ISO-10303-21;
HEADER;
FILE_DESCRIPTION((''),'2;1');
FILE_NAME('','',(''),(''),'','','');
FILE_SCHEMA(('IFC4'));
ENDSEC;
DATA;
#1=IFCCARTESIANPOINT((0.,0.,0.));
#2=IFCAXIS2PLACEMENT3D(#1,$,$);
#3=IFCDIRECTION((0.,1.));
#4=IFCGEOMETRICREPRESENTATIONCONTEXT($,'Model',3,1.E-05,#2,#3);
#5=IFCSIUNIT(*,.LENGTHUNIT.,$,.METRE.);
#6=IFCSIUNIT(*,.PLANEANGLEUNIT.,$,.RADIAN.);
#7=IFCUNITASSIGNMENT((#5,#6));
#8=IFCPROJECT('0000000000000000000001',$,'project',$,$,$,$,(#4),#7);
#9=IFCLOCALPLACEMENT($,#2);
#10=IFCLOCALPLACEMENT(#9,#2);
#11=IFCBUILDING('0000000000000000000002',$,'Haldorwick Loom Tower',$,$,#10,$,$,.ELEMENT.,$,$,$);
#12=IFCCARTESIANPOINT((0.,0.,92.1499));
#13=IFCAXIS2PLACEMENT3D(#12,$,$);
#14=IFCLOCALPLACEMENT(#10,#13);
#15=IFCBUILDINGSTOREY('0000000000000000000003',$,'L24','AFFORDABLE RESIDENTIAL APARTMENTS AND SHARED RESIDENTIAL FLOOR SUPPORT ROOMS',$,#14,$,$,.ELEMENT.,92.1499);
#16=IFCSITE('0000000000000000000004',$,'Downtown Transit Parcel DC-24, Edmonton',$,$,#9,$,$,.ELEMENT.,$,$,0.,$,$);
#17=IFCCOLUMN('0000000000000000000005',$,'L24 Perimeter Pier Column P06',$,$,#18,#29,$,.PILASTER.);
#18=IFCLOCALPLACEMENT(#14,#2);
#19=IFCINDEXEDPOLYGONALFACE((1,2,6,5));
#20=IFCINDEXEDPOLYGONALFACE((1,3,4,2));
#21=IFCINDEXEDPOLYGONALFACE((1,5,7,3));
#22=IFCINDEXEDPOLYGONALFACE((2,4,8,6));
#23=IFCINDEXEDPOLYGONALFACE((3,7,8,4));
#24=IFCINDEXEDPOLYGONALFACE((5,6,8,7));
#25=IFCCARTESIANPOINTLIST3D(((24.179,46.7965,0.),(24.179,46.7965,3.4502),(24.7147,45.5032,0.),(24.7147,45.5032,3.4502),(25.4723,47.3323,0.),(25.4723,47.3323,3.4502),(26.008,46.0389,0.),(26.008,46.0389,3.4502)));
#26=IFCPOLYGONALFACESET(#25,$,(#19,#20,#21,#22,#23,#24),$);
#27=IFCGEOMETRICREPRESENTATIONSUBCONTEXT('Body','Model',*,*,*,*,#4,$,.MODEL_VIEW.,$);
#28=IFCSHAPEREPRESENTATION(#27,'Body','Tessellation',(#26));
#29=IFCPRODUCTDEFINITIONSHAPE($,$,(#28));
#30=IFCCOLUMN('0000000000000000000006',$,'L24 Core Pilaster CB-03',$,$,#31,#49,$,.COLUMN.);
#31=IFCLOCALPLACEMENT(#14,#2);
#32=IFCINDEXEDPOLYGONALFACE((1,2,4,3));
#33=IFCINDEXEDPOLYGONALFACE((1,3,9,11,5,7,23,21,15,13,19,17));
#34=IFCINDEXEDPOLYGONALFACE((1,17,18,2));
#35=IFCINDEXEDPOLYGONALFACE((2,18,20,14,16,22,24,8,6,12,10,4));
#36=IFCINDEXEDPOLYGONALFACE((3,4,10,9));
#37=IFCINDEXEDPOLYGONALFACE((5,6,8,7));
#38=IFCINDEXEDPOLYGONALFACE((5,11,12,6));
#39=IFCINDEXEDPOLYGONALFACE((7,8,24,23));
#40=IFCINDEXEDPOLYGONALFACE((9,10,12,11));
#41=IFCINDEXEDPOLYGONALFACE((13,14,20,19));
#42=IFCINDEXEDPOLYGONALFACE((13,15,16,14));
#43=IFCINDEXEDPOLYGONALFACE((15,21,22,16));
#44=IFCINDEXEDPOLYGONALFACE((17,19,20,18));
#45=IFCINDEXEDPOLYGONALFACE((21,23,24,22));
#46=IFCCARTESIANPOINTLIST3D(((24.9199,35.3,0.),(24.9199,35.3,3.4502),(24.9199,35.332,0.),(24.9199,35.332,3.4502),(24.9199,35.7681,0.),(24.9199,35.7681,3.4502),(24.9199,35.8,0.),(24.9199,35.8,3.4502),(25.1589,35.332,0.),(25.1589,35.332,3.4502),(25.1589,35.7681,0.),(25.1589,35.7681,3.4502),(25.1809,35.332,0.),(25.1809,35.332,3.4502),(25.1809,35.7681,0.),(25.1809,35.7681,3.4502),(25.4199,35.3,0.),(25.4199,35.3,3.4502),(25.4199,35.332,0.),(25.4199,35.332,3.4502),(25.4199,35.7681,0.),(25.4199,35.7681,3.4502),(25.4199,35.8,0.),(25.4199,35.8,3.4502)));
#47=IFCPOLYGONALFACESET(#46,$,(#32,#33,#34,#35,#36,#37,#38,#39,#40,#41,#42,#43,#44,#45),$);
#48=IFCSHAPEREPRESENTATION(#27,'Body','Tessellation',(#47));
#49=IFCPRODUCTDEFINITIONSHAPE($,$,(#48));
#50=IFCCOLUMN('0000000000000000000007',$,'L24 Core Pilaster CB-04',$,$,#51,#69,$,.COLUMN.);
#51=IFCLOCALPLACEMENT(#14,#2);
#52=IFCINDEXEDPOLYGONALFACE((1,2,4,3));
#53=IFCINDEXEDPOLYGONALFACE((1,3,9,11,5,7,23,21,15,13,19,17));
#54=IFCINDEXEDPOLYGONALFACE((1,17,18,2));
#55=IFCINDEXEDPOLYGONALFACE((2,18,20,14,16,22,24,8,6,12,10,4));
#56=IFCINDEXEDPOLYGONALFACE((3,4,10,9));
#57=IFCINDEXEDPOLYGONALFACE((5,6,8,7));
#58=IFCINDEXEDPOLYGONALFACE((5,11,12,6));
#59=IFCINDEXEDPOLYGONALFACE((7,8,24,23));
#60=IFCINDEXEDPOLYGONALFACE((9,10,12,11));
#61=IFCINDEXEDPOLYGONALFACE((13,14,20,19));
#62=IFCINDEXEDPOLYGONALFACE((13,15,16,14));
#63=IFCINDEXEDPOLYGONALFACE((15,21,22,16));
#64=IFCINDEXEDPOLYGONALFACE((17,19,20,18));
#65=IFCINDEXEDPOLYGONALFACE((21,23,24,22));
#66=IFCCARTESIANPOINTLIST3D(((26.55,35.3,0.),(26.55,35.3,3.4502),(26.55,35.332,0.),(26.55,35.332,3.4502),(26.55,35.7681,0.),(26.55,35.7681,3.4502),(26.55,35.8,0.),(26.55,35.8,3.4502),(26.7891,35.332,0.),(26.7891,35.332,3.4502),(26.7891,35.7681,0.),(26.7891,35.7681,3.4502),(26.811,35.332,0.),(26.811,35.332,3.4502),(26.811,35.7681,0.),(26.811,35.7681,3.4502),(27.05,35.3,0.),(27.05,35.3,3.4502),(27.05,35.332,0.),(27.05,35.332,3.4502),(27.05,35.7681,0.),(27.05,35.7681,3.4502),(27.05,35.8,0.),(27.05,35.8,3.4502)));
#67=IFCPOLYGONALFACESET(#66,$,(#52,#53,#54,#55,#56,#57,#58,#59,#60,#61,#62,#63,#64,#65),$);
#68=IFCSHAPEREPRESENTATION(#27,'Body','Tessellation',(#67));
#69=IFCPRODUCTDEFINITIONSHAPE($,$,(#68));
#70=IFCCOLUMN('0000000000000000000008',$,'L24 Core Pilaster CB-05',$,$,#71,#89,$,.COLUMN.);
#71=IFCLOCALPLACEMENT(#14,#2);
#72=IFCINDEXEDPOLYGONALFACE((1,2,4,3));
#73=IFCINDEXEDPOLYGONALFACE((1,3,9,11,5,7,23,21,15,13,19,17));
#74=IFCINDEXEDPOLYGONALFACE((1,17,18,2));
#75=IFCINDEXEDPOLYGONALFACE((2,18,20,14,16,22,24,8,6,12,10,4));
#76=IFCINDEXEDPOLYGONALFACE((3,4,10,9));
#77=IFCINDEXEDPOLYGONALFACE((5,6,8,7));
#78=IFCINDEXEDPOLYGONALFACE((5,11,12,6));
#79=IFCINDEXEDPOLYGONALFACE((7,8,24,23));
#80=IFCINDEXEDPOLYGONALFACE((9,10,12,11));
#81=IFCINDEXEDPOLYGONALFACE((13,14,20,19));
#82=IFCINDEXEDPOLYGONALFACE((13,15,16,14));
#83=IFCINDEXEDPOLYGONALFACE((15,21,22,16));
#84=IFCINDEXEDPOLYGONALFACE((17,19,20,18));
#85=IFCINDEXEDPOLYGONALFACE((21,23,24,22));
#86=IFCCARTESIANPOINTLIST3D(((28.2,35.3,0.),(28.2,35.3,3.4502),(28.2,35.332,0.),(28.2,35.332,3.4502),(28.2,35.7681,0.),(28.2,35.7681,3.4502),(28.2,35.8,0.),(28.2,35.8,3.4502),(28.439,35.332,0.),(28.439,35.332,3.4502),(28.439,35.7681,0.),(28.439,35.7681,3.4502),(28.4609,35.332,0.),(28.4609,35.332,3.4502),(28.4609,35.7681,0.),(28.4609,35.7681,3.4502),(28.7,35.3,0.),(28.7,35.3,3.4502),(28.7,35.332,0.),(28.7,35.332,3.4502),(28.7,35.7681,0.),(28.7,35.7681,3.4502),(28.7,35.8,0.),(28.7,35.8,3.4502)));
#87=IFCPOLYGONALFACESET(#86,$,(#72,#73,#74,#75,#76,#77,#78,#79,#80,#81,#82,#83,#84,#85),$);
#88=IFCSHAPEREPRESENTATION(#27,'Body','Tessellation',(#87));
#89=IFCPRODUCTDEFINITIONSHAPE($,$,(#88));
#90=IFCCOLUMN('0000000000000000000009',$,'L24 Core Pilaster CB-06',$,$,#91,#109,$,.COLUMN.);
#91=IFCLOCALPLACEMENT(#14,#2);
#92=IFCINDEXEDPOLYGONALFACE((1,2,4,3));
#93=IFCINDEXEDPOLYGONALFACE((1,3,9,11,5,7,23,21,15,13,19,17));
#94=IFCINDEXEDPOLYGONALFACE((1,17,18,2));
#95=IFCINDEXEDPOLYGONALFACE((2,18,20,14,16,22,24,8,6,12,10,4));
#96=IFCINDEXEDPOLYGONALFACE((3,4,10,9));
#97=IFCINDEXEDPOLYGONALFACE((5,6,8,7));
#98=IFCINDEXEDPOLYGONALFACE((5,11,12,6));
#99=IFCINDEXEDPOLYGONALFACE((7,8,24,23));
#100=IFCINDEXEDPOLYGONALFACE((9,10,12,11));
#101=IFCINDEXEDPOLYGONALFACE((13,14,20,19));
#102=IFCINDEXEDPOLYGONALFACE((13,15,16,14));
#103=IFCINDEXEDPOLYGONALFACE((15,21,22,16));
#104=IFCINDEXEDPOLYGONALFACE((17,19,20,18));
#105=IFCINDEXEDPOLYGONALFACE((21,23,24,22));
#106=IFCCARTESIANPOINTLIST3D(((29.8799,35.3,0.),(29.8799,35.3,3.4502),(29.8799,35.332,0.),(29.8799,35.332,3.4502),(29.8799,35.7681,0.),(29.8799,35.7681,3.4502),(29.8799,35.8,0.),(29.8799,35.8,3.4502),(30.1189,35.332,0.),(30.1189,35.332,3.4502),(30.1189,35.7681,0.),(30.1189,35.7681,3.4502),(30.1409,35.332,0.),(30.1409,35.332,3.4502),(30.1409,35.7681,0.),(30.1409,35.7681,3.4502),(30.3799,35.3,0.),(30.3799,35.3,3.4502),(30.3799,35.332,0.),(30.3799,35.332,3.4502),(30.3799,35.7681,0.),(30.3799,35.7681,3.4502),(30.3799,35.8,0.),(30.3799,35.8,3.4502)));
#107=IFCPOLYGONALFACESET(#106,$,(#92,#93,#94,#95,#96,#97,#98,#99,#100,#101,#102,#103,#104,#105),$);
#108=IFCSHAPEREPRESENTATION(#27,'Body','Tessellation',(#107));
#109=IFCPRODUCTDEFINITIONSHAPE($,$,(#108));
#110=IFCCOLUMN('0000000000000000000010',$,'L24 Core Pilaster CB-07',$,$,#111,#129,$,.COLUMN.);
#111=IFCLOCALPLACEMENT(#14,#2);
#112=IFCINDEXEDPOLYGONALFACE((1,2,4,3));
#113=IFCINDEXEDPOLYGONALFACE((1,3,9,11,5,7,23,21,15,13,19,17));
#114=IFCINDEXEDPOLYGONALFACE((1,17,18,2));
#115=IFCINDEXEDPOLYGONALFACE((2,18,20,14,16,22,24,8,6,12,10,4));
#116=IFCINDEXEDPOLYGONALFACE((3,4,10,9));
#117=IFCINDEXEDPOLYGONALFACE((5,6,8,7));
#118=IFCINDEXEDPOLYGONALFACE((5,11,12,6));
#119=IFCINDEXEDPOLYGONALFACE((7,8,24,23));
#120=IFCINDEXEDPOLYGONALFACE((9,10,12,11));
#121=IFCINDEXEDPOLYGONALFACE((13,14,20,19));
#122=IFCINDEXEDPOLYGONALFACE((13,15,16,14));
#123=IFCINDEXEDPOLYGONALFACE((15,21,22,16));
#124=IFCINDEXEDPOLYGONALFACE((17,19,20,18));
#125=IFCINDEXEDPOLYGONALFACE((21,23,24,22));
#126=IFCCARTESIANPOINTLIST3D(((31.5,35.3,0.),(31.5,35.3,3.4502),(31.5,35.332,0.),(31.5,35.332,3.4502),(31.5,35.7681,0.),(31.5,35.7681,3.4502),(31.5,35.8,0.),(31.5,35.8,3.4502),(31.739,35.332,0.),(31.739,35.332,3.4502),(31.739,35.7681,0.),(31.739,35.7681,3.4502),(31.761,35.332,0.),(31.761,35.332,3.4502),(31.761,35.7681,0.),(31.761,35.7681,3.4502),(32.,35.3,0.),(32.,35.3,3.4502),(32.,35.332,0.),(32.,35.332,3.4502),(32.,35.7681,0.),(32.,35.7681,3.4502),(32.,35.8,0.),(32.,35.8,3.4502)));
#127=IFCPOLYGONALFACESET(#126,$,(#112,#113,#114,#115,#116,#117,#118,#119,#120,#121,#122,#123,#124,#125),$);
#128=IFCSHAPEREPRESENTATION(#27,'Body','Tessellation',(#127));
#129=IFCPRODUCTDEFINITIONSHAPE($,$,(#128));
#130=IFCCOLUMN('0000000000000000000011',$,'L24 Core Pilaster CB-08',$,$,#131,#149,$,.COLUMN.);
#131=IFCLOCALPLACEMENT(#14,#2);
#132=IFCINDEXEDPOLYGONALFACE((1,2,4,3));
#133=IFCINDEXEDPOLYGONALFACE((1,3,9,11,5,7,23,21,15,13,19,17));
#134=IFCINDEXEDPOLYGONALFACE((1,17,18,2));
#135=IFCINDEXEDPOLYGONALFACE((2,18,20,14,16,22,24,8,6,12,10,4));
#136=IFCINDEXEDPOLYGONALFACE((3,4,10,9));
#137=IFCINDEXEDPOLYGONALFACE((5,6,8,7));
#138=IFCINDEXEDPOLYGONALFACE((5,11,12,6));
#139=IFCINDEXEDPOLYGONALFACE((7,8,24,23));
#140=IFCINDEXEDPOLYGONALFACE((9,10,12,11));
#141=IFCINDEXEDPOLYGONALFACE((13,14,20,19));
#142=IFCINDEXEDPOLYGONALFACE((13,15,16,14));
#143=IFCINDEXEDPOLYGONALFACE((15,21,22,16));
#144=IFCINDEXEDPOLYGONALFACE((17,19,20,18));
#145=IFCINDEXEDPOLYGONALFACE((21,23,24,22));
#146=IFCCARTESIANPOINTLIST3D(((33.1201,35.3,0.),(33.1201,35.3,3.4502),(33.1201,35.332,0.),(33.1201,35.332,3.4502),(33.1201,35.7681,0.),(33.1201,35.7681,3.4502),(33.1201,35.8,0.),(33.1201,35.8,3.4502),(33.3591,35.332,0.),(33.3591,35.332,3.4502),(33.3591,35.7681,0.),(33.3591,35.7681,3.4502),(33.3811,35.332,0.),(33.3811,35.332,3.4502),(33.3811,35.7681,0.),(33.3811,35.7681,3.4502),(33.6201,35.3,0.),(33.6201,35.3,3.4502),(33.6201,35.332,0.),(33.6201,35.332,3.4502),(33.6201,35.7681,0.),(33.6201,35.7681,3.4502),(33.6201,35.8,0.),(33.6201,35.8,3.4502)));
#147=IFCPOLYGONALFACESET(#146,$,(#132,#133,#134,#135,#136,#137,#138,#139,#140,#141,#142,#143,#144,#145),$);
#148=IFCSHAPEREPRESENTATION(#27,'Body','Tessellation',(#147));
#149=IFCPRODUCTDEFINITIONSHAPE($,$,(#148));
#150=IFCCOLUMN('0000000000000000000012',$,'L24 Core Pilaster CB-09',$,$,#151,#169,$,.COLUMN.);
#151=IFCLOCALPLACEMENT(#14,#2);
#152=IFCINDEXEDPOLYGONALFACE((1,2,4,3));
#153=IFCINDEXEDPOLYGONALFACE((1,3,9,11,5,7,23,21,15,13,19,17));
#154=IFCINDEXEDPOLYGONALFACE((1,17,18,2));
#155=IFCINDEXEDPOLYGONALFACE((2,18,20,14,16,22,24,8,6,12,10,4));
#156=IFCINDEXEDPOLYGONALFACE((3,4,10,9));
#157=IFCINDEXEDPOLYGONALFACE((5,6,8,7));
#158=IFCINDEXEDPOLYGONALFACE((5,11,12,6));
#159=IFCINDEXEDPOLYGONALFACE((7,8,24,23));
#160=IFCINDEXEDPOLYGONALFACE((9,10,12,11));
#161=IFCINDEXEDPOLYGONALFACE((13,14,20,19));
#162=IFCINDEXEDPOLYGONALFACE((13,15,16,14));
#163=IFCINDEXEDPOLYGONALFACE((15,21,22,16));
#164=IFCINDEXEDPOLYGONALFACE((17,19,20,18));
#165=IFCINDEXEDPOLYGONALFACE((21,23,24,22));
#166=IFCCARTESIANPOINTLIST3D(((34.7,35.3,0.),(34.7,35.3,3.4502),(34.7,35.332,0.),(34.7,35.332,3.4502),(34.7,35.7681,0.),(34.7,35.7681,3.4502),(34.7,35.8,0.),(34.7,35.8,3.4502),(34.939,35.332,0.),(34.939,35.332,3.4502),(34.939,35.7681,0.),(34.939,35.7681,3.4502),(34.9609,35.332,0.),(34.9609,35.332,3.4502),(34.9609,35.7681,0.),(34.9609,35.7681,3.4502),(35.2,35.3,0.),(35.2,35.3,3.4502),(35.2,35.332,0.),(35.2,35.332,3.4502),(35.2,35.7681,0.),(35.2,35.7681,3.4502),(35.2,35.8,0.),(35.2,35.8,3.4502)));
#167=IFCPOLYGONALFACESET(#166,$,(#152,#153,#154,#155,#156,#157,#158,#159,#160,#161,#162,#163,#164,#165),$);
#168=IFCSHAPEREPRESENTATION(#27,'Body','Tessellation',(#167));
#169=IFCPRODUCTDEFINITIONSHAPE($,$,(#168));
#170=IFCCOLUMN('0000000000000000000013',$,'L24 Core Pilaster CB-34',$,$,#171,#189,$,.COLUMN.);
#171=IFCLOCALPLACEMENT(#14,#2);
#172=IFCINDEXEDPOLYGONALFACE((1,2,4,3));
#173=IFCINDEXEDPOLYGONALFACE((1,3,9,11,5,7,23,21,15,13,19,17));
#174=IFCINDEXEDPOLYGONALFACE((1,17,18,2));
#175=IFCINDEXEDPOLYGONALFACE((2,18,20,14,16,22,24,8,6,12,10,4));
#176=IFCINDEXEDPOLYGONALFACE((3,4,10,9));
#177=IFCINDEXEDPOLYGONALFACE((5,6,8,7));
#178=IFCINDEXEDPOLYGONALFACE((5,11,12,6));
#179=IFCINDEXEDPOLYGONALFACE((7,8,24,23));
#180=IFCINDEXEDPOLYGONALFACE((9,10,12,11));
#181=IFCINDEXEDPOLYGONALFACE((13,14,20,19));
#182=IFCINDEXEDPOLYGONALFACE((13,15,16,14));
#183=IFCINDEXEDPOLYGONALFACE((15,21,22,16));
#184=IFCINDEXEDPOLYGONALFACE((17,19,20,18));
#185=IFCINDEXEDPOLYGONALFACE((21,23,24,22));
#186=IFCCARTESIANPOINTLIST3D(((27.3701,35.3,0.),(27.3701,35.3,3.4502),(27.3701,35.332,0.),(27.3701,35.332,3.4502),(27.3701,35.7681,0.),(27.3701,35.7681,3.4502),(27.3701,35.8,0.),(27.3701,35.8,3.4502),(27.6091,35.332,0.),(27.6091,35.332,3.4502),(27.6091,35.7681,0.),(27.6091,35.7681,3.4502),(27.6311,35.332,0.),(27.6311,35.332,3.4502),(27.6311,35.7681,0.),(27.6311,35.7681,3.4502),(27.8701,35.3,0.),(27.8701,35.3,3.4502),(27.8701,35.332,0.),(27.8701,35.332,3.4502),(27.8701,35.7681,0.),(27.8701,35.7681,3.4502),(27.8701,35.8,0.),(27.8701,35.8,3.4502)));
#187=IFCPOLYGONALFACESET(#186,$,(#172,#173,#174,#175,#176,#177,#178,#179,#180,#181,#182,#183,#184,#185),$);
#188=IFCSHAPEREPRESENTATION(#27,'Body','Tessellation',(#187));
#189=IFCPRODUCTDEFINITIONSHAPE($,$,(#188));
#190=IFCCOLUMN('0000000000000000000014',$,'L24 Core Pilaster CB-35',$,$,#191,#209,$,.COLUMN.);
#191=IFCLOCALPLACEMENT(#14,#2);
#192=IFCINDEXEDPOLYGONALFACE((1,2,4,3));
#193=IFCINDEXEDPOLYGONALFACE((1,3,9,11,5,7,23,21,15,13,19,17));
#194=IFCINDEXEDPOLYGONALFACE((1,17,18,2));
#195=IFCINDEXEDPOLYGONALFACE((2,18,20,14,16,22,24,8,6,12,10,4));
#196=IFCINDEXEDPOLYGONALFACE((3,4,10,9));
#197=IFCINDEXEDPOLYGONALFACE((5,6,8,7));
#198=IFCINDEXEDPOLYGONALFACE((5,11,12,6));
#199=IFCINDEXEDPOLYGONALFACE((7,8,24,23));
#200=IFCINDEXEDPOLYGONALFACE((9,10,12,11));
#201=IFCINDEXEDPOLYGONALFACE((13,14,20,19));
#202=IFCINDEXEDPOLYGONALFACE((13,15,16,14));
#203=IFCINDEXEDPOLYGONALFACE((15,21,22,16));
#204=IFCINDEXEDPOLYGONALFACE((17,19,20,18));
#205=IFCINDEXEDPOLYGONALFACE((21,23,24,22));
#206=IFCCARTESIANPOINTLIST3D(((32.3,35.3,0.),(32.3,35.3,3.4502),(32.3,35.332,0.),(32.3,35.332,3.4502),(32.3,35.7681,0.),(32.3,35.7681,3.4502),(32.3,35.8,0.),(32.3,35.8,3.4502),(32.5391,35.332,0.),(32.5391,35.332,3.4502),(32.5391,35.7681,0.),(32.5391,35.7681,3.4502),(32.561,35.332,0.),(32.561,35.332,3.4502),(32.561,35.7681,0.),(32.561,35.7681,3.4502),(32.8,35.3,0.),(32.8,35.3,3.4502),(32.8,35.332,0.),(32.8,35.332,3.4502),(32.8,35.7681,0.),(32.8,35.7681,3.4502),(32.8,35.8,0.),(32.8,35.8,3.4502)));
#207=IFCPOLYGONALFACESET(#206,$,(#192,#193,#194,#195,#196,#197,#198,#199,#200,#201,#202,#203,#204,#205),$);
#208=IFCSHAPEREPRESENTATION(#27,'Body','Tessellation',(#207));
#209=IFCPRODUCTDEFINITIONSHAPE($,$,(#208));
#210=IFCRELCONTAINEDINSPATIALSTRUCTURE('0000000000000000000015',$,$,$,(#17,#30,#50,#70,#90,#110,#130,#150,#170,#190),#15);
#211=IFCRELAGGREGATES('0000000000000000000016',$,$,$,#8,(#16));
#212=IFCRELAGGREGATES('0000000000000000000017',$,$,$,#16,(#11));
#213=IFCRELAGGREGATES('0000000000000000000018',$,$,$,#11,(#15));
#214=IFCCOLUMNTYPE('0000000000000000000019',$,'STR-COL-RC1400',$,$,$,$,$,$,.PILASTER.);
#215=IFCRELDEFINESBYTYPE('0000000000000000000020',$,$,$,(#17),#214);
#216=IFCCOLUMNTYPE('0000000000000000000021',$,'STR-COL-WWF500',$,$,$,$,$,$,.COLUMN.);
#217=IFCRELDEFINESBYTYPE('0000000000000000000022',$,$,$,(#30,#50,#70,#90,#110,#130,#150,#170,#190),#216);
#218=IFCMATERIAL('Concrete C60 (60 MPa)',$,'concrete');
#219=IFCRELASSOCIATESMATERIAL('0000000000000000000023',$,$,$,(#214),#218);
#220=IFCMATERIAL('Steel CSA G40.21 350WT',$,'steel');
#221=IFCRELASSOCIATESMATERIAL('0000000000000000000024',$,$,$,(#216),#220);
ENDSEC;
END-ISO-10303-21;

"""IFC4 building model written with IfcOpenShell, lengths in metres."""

from ifc_helpers import new_model, si_unit, direction, frame, origin, origin_2d, place, context, subcontext, project, spatial, rectangle, i_section, extrude, material, material_profile, profile_set, type_object, element, save


model = new_model("IFC4")

# Units and contexts
model_context = context("Model", 3, precision=1e-05, world=origin(), true_north=direction((0.0, 1.0)))
body_context = subcontext(model_context, "Body", "Model", "MODEL_VIEW")
ifc_project = project(units=[si_unit("LENGTHUNIT", "METRE"), si_unit("PLANEANGLEUNIT", "RADIAN")], contexts=[model_context])

# Site, building, storey
site_placement = place(None, origin())
site = spatial("IfcSite", under=ifc_project, at=site_placement, Name="Downtown Transit Parcel DC-24, Edmonton", CompositionType="ELEMENT", RefElevation=0.0)
building_placement = place(site_placement, origin())
building = spatial("IfcBuilding", under=site, at=building_placement, Name="Haldorwick Loom Tower", CompositionType="ELEMENT")
storey_placement = place(building_placement, frame((0.0, 0.0, 92.1499)))
storey = spatial("IfcBuildingStorey", under=building, at=storey_placement, Name="L24", Description="AFFORDABLE RESIDENTIAL APARTMENTS AND SHARED RESIDENTIAL FLOOR SUPPORT ROOMS", CompositionType="ELEMENT", Elevation=92.1499)

# Columns
ifc_material_1 = material(Name="Concrete C60 (60 MPa)", Category="concrete")
ifc_material_profile_1 = material_profile(ifc_material_1, rectangle(XDim=1.3999, YDim=1.3999, at=origin_2d()), Name="RC1400X1400", Category="concrete")
ifc_profile_set_1 = profile_set([ifc_material_profile_1], Name="Concrete C60 (60 MPa)")
column_type_1 = type_object("IfcColumnType", Name="STR-COL-RC1400", PredefinedType="PILASTER", material=ifc_profile_set_1)
column_placement = place(storey_placement, frame((25.0935, 46.4177, 0.0), z_axis=(0.0, 0.0, 1.0), x_axis=(-0.382683, 0.92388, 0.0)))
element("IfcColumn", 1, at=column_placement, inside=storey, type_object=column_type_1, Name="L24 Perimeter Pier Column P06", PredefinedType="PILASTER", context=body_context, shape_type="SweptSolid", body=[
    extrude(rectangle(XDim=1.3999, YDim=1.3999, at=origin_2d()), origin(), (0.0, 0.0, 1.0), 3.4502),
])
ifc_material_2 = material(Name="Steel CSA G40.21 350WT", Category="steel")
ifc_material_profile_2 = material_profile(ifc_material_2, i_section(OverallWidth=0.5, OverallDepth=0.5, WebThickness=0.022, FlangeThickness=0.032, at=origin_2d()), Name="WWF500X500", Category="steel")
ifc_profile_set_2 = profile_set([ifc_material_profile_2], Name="Steel CSA G40.21 350WT")
column_type_2 = type_object("IfcColumnType", Name="STR-COL-WWF500", PredefinedType="COLUMN", material=ifc_profile_set_2)
for number, where, z_axis, x_axis, name in (
    (2, (25.1699, 35.55, 0.0), (0.0, 0.0, 1.0), (1.0, 0.0, 0.0), "L24 Core Pilaster CB-03"),
    (3, (26.8, 35.55, 0.0), (0.0, 0.0, 1.0), (1.0, 0.0, 0.0), "L24 Core Pilaster CB-04"),
    (4, (28.45, 35.55, 0.0), (0.0, 0.0, 1.0), (1.0, 0.0, 0.0), "L24 Core Pilaster CB-05"),
    (5, (30.1299, 35.55, 0.0), (0.0, 0.0, 1.0), (1.0, 0.0, 0.0), "L24 Core Pilaster CB-06"),
    (6, (31.75, 35.55, 0.0), (0.0, 0.0, 1.0), (1.0, 0.0, 0.0), "L24 Core Pilaster CB-07"),
    (7, (33.3701, 35.55, 0.0), (0.0, 0.0, 1.0), (1.0, 0.0, 0.0), "L24 Core Pilaster CB-08"),
    (8, (34.95, 35.55, 0.0), (0.0, 0.0, 1.0), (1.0, 0.0, 0.0), "L24 Core Pilaster CB-09"),
    (9, (27.6201, 35.55, 0.0), (0.0, 0.0, 1.0), (1.0, 0.0, 0.0), "L24 Core Pilaster CB-34"),
    (10, (32.55, 35.55, 0.0), (0.0, 0.0, 1.0), (1.0, 0.0, 0.0), "L24 Core Pilaster CB-35"),
):
    element("IfcColumn", number, at=place(storey_placement, frame(where, z_axis=z_axis, x_axis=x_axis)), inside=storey, type_object=column_type_2, Name=name, PredefinedType="COLUMN", context=body_context, shape_type="SweptSolid", body=[
        extrude(i_section(OverallWidth=0.5, OverallDepth=0.5, WebThickness=0.022, FlangeThickness=0.032, at=origin_2d()), origin(), (0.0, 0.0, 1.0), 3.4502),
    ])

save(model, "model.ifc")
